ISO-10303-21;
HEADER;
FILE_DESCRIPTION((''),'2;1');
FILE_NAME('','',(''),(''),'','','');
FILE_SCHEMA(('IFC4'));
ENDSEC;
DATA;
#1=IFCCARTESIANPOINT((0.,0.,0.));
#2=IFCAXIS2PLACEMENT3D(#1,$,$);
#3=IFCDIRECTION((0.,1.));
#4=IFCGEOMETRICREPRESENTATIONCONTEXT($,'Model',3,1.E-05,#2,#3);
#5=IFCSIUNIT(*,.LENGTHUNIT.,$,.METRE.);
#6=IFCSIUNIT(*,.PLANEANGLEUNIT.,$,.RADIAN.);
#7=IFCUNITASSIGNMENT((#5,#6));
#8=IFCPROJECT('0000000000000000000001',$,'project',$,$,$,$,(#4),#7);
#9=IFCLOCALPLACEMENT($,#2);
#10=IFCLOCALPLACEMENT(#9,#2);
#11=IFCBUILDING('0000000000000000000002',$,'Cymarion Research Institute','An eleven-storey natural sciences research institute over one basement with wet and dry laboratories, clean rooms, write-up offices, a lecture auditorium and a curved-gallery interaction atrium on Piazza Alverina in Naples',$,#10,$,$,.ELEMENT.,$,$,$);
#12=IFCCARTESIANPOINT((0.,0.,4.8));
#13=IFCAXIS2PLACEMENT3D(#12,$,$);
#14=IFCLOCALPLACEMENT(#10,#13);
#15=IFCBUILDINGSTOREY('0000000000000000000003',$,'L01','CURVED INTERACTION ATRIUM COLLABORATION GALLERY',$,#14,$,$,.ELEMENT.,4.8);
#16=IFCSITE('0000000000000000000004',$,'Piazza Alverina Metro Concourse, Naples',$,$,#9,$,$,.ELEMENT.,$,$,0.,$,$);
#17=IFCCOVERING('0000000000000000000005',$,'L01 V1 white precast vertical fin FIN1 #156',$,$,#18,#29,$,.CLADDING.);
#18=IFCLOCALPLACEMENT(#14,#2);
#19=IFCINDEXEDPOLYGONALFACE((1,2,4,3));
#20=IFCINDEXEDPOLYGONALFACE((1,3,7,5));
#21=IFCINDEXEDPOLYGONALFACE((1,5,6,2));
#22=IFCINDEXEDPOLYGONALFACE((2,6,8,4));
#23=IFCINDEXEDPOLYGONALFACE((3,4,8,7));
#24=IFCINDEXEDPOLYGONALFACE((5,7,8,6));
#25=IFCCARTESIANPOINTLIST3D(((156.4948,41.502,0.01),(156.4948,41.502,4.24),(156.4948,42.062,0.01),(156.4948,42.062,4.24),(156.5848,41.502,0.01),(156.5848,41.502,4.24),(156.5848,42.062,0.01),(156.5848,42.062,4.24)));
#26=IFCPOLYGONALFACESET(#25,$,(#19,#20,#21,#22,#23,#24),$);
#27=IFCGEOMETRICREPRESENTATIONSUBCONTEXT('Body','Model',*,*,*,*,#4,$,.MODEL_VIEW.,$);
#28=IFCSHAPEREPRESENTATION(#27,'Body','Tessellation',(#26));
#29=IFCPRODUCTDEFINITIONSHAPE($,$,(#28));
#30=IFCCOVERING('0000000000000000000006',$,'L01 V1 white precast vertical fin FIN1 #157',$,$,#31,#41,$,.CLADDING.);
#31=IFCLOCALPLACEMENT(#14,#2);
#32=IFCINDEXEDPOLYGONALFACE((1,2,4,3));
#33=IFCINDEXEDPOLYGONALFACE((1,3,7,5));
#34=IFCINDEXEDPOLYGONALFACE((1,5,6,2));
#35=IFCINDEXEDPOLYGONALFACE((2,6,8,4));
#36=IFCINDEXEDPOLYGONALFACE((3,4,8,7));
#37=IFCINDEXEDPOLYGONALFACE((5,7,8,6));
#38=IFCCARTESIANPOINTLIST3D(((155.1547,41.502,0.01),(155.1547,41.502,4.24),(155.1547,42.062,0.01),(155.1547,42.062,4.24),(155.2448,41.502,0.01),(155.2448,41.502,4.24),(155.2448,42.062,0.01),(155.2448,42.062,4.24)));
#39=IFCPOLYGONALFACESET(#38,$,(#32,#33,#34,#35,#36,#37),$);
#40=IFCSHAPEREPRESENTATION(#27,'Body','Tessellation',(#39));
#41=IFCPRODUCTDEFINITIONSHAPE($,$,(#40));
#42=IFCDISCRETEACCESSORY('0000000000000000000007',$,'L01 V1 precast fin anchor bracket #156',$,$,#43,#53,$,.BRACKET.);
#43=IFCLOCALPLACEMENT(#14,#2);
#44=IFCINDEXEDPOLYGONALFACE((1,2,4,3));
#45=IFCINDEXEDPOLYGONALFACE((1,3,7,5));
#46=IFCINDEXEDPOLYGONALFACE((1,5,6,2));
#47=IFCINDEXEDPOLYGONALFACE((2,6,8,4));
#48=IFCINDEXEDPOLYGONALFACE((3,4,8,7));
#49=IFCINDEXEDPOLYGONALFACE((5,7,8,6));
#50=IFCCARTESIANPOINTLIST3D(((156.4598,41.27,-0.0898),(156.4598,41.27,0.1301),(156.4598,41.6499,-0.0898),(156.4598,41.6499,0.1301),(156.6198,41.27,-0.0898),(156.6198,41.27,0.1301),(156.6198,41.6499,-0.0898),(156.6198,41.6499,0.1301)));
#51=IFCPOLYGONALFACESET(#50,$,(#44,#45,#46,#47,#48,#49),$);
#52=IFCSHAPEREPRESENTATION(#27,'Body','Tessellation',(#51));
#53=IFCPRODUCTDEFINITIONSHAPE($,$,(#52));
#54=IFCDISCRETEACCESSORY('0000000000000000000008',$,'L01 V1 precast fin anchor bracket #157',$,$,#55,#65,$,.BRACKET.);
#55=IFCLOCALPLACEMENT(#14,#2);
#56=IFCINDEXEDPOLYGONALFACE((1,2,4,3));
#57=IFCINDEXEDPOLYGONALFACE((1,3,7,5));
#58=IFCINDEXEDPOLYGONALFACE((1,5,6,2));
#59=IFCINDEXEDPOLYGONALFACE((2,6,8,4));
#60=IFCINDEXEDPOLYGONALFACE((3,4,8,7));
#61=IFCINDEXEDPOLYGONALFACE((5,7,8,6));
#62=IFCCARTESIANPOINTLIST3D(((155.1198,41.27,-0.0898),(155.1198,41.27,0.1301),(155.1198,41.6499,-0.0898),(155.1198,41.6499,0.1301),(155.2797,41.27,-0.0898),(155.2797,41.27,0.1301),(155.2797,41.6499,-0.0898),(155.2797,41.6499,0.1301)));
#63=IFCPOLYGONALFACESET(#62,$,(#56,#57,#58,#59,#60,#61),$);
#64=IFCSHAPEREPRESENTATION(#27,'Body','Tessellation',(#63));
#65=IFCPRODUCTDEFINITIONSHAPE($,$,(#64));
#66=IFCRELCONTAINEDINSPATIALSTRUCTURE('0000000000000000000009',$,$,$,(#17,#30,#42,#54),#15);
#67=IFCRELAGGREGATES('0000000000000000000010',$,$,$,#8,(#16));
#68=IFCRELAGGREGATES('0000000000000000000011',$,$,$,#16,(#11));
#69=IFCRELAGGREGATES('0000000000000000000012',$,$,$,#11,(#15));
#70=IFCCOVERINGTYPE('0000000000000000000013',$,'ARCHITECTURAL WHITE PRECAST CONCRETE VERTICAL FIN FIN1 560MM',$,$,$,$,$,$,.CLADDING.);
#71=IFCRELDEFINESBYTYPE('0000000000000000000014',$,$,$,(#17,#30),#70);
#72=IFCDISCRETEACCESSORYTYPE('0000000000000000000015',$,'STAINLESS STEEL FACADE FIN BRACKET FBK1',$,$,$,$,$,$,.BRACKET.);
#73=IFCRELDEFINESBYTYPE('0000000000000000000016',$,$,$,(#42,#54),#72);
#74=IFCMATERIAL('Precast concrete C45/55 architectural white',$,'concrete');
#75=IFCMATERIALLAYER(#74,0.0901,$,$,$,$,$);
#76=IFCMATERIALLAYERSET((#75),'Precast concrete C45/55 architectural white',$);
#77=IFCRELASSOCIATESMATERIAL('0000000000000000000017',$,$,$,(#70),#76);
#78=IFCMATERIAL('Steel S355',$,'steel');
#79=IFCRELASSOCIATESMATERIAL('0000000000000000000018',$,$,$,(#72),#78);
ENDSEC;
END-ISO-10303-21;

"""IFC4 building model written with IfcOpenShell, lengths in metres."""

from ifc_helpers import new_model, si_unit, direction, frame, origin, origin_2d, place, context, subcontext, project, spatial, rectangle, extrude, material, layer, layer_set, type_object, element, save


model = new_model("IFC4")

# Units and contexts
model_context = context("Model", 3, precision=1e-05, world=origin(), true_north=direction((0.0, 1.0)))
body_context = subcontext(model_context, "Body", "Model", "MODEL_VIEW")
ifc_project = project(units=[si_unit("LENGTHUNIT", "METRE"), si_unit("PLANEANGLEUNIT", "RADIAN")], contexts=[model_context])

# Site, building, storey
site_placement = place(None, origin())
site = spatial("IfcSite", under=ifc_project, at=site_placement, Name="Piazza Alverina Metro Concourse, Naples", CompositionType="ELEMENT", RefElevation=0.0)
building_placement = place(site_placement, origin())
building = spatial("IfcBuilding", under=site, at=building_placement, Name="Cymarion Research Institute", Description="An eleven-storey natural sciences research institute over one basement with wet and dry laboratories, clean rooms, write-up offices, a lecture auditorium and a curved-gallery interaction atrium on Piazza Alverina in Naples", CompositionType="ELEMENT")
storey_placement = place(building_placement, frame((0.0, 0.0, 4.8)))
storey = spatial("IfcBuildingStorey", under=building, at=storey_placement, Name="L01", Description="CURVED INTERACTION ATRIUM COLLABORATION GALLERY", CompositionType="ELEMENT", Elevation=4.8)

# Shared definitions
ifc_material_1 = material(Name="Steel S355", Category="steel")

# Coverings
ifc_material_2 = material(Name="Precast concrete C45/55 architectural white", Category="concrete")
ifc_layer_1 = layer(ifc_material_2, 0.0901)
ifc_layer_set_1 = layer_set([ifc_layer_1], Name="Precast concrete C45/55 architectural white")
covering_type = type_object("IfcCoveringType", Name="ARCHITECTURAL WHITE PRECAST CONCRETE VERTICAL FIN FIN1 560MM", PredefinedType="CLADDING", material=ifc_layer_set_1)
for number, where, z_axis, x_axis, name in (
    (1, (156.5398, 41.782, 0.01), (0.0, 0.0, 1.0), (0.0, 1.0, 0.0), "L01 V1 white precast vertical fin FIN1 #156"),
    (2, (155.1997, 41.782, 0.01), (0.0, 0.0, 1.0), (0.0, 1.0, 0.0), "L01 V1 white precast vertical fin FIN1 #157"),
):
    element("IfcCovering", number, at=place(storey_placement, frame(where, z_axis=z_axis, x_axis=x_axis)), inside=storey, type_object=covering_type, Name=name, PredefinedType="CLADDING", context=body_context, shape_type="SweptSolid", body=[
        extrude(rectangle(XDim=0.5601, YDim=0.0901, at=origin_2d()), origin(), (0.0, 0.0, 1.0), 4.23),
    ])

# Discrete accessories
discrete_accessory_type = type_object("IfcDiscreteAccessoryType", Name="STAINLESS STEEL FACADE FIN BRACKET FBK1", PredefinedType="BRACKET", material=ifc_material_1)
for number, where, z_axis, x_axis, name in (
    (3, (156.5398, 41.46, -0.0898), (0.0, 0.0, 1.0), (0.0, 1.0, 0.0), "L01 V1 precast fin anchor bracket #156"),
    (4, (155.1997, 41.46, -0.0898), (0.0, 0.0, 1.0), (0.0, 1.0, 0.0), "L01 V1 precast fin anchor bracket #157"),
):
    element("IfcDiscreteAccessory", number, at=place(storey_placement, frame(where, z_axis=z_axis, x_axis=x_axis)), inside=storey, type_object=discrete_accessory_type, Name=name, PredefinedType="BRACKET", context=body_context, shape_type="SweptSolid", body=[
        extrude(rectangle(XDim=0.3799, YDim=0.1599, at=origin_2d()), origin(), (0.0, 0.0, 1.0), 0.22),
    ])

save(model, "model.ifc")
